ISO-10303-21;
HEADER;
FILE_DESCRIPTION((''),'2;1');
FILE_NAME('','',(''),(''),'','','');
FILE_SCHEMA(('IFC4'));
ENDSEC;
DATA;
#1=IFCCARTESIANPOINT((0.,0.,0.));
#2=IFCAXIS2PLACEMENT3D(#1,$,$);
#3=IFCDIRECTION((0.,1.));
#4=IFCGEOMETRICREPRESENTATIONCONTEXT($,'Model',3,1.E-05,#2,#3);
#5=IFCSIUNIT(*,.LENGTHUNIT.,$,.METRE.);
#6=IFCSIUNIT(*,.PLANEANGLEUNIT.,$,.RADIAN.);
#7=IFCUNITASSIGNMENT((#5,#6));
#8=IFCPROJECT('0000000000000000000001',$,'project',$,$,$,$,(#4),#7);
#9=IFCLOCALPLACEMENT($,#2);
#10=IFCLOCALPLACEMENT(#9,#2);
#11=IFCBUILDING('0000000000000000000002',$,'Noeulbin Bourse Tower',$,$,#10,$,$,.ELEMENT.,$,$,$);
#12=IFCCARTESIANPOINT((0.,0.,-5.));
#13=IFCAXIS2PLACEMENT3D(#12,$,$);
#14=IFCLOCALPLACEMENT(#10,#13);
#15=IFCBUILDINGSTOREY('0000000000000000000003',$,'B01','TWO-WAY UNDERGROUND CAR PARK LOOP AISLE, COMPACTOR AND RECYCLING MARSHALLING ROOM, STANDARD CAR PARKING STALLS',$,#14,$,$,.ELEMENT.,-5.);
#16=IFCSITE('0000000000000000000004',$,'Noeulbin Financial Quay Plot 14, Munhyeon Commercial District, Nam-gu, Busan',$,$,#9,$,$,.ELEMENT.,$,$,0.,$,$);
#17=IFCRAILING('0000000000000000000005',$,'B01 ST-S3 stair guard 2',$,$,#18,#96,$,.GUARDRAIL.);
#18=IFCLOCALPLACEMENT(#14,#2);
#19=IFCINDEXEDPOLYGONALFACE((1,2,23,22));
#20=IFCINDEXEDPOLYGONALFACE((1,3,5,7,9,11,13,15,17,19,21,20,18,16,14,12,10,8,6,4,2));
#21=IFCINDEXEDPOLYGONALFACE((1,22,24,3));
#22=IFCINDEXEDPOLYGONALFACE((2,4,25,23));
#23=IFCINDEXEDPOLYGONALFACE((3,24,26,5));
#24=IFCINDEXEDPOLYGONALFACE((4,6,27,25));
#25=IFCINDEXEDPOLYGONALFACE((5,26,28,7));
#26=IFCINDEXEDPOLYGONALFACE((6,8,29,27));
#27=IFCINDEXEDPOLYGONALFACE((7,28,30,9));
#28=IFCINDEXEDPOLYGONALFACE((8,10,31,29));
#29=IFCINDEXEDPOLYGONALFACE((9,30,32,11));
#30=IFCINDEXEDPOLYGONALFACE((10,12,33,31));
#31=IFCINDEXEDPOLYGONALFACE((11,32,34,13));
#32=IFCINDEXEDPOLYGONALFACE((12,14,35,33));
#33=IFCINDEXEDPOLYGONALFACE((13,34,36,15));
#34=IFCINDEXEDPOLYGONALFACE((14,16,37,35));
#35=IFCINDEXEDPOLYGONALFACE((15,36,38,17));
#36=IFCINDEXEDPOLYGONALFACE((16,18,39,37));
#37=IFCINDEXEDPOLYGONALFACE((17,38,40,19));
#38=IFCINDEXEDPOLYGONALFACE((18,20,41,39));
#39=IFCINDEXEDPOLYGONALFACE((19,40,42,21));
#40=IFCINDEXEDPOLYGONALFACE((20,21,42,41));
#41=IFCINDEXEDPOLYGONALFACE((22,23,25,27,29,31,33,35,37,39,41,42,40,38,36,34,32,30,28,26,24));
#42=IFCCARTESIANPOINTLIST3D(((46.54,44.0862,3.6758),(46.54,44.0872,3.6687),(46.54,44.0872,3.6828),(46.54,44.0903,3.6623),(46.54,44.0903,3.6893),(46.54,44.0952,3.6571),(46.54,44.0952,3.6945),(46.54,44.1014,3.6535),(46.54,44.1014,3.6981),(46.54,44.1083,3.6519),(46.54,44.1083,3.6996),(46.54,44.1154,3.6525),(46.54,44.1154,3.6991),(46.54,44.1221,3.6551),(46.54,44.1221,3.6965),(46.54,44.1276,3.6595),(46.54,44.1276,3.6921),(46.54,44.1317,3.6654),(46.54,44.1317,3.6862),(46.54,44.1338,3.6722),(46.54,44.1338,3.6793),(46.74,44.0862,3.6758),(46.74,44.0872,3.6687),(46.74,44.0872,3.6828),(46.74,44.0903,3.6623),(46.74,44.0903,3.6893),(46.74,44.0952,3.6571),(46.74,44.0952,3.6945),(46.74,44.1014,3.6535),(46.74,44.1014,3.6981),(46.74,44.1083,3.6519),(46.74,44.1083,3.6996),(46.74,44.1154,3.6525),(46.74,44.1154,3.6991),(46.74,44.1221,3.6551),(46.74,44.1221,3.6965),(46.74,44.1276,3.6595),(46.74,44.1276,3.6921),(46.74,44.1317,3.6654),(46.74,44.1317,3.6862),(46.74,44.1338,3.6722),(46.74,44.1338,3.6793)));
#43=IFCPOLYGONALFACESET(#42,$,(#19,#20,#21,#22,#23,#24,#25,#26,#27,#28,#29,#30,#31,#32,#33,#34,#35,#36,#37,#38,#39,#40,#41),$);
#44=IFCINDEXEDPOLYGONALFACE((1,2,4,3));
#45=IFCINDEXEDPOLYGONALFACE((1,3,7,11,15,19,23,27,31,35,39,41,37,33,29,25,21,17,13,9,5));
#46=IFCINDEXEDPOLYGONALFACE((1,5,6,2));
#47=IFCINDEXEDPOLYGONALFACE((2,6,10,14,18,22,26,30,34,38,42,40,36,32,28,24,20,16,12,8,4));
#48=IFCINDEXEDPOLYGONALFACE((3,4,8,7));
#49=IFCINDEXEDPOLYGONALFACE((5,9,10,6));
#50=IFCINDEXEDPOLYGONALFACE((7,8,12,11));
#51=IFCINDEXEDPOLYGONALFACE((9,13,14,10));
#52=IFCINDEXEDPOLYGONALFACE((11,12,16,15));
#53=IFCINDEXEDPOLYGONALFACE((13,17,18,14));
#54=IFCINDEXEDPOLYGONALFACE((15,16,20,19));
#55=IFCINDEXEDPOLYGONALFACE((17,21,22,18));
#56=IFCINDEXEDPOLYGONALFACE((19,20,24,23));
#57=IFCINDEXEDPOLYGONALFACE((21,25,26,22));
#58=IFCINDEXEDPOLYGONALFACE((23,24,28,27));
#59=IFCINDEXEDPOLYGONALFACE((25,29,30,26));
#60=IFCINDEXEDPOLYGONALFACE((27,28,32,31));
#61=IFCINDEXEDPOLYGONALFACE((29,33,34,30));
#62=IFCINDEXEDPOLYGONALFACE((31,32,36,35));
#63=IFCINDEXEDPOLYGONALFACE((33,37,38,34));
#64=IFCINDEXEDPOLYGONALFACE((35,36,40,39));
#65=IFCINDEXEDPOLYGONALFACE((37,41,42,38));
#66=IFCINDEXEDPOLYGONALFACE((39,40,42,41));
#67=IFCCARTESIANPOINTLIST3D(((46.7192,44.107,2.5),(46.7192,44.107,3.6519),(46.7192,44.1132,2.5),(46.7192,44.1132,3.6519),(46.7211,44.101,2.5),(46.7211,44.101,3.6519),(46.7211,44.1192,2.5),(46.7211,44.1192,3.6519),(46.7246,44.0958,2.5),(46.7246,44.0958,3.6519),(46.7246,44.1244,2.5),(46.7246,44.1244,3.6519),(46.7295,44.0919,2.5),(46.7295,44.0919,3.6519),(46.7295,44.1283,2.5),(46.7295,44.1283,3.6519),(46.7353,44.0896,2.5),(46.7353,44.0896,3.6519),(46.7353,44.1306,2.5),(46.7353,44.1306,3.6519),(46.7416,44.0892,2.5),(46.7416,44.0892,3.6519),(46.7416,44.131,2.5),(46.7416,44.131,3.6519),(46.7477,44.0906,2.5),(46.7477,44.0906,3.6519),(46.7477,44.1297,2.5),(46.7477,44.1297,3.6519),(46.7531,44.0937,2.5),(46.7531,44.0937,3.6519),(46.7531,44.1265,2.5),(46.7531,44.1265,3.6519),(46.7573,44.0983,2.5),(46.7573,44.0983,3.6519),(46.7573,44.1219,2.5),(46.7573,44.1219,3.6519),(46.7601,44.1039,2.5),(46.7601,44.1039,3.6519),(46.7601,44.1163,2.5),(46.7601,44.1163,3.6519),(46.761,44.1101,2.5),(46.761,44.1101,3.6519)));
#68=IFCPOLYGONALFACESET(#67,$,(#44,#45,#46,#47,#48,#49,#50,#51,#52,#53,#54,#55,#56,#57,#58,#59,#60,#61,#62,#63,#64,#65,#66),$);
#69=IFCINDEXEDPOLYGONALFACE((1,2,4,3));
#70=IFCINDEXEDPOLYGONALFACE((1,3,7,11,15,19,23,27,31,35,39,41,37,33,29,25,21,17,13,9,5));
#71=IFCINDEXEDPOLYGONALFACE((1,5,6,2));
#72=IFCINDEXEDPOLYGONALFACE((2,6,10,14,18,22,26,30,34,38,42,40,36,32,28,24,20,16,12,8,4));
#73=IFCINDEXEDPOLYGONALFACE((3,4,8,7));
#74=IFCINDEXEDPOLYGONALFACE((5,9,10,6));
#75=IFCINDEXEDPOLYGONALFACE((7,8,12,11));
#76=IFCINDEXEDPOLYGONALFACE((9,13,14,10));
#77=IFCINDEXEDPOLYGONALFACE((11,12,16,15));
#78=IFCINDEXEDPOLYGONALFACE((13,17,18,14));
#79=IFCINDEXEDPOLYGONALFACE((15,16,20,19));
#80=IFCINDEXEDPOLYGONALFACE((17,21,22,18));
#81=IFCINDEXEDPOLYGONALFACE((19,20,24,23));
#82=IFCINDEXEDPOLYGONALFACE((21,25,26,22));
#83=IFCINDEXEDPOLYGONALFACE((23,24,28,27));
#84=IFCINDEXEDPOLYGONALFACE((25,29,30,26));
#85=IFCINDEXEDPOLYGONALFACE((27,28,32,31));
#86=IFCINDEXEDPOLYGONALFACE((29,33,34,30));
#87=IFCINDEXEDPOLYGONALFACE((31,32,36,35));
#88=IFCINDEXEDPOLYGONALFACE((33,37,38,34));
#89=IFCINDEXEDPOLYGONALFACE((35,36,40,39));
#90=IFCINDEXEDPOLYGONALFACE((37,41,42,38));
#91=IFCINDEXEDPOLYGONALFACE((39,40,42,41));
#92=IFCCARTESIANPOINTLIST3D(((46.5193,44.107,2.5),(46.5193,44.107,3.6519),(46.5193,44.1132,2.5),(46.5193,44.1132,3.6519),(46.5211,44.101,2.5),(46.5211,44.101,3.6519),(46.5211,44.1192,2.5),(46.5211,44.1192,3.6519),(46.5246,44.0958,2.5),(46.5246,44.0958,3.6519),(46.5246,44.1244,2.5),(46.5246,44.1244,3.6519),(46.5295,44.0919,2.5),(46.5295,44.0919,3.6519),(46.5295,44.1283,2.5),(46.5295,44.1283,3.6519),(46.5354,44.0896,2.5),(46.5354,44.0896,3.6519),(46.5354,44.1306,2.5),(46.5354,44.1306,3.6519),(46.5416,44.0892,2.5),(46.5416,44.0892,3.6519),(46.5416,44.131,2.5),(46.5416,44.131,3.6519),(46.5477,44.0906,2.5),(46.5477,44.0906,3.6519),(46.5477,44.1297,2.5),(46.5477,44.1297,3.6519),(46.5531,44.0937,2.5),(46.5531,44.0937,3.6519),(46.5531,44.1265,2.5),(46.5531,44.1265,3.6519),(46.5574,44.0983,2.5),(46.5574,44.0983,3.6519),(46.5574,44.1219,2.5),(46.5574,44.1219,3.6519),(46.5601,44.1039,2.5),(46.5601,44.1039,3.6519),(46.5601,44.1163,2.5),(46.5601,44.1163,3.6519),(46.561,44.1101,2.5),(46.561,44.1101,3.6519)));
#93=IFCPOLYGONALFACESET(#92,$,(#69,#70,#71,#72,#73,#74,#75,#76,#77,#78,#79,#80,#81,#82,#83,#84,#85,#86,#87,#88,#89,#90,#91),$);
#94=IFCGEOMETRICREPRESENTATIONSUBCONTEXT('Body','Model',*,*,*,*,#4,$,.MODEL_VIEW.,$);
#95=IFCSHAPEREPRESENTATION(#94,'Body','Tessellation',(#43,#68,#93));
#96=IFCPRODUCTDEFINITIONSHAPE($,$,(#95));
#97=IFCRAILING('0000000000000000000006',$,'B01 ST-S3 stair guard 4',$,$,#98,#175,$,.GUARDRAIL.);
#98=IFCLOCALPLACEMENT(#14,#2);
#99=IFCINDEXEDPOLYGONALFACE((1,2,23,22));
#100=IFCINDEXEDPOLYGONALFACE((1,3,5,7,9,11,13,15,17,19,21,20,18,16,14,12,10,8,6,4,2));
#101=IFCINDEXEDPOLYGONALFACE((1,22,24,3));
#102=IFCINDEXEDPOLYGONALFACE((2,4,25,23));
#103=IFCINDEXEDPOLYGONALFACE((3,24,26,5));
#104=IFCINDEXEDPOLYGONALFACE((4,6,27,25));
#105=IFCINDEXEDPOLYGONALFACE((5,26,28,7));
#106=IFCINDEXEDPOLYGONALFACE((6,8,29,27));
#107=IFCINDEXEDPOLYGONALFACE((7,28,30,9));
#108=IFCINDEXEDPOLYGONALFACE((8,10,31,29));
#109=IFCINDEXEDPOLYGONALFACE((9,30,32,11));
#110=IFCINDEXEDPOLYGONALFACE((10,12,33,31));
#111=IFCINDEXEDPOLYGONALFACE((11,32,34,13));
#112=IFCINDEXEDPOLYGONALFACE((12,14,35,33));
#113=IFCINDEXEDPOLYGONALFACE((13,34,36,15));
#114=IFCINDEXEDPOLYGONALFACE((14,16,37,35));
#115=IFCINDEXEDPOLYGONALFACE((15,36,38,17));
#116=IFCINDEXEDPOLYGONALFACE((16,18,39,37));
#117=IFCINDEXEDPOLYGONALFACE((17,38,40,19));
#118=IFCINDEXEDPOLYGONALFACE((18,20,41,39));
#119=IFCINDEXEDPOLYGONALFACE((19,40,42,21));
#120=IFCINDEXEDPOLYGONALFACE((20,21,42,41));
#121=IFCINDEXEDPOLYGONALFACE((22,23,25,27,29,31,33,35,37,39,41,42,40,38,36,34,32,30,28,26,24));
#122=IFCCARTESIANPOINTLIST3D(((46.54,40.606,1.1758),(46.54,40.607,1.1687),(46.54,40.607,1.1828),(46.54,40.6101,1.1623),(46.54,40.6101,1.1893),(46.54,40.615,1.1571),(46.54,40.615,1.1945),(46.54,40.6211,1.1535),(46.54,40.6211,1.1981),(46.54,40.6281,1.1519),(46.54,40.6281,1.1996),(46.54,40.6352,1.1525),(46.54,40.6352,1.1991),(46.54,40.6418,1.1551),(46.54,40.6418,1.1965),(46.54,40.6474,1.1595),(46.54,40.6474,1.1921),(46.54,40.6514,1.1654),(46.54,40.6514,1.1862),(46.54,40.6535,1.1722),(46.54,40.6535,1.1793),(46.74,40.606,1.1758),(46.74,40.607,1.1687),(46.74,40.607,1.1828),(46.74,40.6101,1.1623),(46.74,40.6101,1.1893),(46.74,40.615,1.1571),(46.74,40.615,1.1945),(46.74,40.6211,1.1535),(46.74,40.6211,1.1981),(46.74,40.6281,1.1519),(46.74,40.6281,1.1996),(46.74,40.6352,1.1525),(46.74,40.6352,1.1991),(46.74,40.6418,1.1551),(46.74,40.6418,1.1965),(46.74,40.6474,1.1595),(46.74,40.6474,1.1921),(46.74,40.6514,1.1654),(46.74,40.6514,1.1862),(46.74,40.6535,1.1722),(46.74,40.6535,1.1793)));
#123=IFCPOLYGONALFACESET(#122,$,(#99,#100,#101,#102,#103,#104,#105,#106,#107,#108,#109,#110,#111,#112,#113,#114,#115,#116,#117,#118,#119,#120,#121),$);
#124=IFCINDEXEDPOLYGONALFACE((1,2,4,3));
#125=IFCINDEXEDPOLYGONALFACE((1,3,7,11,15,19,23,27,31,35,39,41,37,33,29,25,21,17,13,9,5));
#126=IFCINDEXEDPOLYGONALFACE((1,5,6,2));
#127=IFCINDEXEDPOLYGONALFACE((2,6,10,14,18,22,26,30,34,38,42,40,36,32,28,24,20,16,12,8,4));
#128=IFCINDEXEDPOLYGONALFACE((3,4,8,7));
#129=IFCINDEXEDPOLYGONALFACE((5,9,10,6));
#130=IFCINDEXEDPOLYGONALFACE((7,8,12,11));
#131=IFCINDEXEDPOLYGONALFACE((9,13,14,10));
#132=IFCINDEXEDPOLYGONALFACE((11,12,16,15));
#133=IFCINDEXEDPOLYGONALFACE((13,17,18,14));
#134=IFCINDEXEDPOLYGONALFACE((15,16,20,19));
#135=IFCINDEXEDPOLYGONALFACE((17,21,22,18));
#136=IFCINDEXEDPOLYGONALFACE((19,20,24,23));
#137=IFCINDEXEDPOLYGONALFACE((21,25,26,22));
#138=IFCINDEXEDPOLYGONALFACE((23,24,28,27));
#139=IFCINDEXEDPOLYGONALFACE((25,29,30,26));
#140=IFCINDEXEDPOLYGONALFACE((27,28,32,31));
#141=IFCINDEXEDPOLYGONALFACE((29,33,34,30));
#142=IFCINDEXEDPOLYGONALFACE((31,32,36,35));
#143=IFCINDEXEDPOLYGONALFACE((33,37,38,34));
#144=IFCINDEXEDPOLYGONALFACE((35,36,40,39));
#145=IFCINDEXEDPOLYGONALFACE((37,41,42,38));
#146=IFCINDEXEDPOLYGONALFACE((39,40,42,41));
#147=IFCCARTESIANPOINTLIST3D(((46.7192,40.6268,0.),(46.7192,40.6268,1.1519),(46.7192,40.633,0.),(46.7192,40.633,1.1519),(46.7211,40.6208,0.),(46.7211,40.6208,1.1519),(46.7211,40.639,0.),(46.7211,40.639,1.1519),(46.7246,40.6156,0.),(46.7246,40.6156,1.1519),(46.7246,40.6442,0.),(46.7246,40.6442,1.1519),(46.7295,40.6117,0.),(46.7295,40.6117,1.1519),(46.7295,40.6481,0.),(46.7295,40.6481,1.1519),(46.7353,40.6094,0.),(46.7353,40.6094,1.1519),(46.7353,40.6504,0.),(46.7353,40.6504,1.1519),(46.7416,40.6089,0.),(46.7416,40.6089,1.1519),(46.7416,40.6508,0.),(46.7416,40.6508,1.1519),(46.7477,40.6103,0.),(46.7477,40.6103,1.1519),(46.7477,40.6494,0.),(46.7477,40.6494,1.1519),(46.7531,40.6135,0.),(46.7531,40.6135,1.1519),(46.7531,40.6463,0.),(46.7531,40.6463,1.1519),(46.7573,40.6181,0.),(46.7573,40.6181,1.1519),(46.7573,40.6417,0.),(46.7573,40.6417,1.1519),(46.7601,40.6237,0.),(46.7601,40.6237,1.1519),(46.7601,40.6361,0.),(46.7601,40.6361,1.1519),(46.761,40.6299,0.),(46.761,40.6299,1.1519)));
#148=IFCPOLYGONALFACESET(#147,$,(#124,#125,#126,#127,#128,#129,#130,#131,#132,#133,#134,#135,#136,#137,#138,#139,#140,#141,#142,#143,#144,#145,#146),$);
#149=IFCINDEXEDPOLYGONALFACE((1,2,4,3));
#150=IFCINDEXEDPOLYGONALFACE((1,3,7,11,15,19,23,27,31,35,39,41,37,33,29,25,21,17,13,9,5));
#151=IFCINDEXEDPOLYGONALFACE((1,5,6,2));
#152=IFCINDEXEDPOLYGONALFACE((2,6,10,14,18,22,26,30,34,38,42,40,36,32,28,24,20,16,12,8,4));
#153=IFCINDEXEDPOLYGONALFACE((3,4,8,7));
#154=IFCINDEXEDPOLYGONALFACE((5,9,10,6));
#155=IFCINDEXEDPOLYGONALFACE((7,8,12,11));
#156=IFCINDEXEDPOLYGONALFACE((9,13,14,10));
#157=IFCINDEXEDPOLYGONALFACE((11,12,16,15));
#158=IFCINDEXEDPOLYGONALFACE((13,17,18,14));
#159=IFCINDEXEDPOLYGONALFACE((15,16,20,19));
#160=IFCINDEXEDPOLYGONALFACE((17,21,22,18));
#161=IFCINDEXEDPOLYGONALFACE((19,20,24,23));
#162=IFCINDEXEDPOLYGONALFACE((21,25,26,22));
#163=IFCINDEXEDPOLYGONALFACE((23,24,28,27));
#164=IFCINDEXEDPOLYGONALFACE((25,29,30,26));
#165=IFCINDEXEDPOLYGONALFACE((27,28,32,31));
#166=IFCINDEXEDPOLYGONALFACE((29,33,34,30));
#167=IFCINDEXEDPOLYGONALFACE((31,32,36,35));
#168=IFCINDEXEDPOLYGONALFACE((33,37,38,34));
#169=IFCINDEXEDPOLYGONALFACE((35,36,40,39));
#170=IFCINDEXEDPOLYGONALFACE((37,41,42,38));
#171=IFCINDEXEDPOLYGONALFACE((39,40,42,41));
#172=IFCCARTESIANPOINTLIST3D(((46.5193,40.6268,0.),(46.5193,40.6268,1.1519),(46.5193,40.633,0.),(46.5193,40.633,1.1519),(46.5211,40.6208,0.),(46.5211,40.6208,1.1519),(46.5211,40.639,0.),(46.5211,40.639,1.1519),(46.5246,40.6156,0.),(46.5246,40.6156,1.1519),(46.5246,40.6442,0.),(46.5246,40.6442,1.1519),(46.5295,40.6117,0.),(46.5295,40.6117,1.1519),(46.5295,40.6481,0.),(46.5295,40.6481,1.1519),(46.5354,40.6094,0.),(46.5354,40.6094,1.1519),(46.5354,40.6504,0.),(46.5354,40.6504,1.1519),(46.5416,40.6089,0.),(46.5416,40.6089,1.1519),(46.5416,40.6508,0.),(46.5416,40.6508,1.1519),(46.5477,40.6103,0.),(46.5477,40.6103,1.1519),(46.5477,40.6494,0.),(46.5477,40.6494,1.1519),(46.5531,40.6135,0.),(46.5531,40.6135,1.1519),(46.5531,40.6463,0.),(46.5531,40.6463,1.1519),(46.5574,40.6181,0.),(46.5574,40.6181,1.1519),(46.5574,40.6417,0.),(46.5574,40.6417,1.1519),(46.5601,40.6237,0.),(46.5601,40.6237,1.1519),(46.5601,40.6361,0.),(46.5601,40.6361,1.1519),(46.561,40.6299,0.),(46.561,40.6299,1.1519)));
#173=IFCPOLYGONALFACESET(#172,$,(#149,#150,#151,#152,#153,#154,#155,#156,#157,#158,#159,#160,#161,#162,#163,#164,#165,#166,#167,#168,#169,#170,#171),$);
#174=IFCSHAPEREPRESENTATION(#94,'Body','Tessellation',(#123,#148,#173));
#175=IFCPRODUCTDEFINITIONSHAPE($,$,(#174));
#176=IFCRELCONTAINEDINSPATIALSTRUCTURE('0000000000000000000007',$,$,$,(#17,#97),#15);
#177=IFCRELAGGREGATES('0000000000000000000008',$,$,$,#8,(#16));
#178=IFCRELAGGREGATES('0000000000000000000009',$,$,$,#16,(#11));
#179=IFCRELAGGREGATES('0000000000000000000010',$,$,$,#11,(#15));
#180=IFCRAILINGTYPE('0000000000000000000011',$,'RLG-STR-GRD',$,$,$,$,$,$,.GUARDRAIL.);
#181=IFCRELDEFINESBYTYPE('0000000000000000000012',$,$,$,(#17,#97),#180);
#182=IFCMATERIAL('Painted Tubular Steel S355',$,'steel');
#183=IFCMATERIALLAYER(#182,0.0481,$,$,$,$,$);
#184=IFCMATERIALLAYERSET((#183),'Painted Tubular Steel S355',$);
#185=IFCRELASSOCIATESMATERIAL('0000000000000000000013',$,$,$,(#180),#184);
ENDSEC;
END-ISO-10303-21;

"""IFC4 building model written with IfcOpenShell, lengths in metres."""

from ifc_helpers import new_model, si_unit, direction, frame, origin, origin_2d, place, context, subcontext, project, spatial, circle, extrude, material, layer, layer_set, type_object, element, save


model = new_model("IFC4")

# Units and contexts
model_context = context("Model", 3, precision=1e-05, world=origin(), true_north=direction((0.0, 1.0)))
body_context = subcontext(model_context, "Body", "Model", "MODEL_VIEW")
ifc_project = project(units=[si_unit("LENGTHUNIT", "METRE"), si_unit("PLANEANGLEUNIT", "RADIAN")], contexts=[model_context])

# Site, building, storey
site_placement = place(None, origin())
site = spatial("IfcSite", under=ifc_project, at=site_placement, Name="Noeulbin Financial Quay Plot 14, Munhyeon Commercial District, Nam-gu, Busan", CompositionType="ELEMENT", RefElevation=0.0)
building_placement = place(site_placement, origin())
building = spatial("IfcBuilding", under=site, at=building_placement, Name="Noeulbin Bourse Tower", CompositionType="ELEMENT")
storey_placement = place(building_placement, frame((0.0, 0.0, -5.0)))
storey = spatial("IfcBuildingStorey", under=building, at=storey_placement, Name="B01", Description="TWO-WAY UNDERGROUND CAR PARK LOOP AISLE, COMPACTOR AND RECYCLING MARSHALLING ROOM, STANDARD CAR PARKING STALLS", CompositionType="ELEMENT", Elevation=-5.0)

# Railings
ifc_material_1 = material(Name="Painted Tubular Steel S355", Category="steel")
ifc_layer_1 = layer(ifc_material_1, 0.0481)
ifc_layer_set_1 = layer_set([ifc_layer_1], Name="Painted Tubular Steel S355")
railing_type_1 = type_object("IfcRailingType", Name="RLG-STR-GRD", PredefinedType="GUARDRAIL", material=ifc_layer_set_1)
for number, where, name in (
    (1, (46.74, 44.1101, 2.5), "B01 ST-S3 stair guard 2"),
    (2, (46.74, 40.6299, 0.0), "B01 ST-S3 stair guard 4"),
):
    element("IfcRailing", number, at=place(storey_placement, frame(where)), inside=storey, type_object=railing_type_1, Name=name, PredefinedType="GUARDRAIL", context=body_context, shape_type="SweptSolid", body=[
        extrude(circle(Radius=0.0239, at=origin_2d()), frame((0.0, 0.0, 1.1758), z_axis=(-1.0, 0.0, 0.0), x_axis=(0.0, -1.0, 0.0)), (0.0, 0.0, 1.0), 0.2),
        extrude(circle(Radius=0.021, at=origin_2d()), origin(), (0.0, 0.0, 1.0), 1.1519),
        extrude(circle(Radius=0.021, at=origin_2d()), frame((-0.2, 0.0, 0.0)), (0.0, 0.0, 1.0), 1.1519),
    ])

save(model, "model.ifc")
